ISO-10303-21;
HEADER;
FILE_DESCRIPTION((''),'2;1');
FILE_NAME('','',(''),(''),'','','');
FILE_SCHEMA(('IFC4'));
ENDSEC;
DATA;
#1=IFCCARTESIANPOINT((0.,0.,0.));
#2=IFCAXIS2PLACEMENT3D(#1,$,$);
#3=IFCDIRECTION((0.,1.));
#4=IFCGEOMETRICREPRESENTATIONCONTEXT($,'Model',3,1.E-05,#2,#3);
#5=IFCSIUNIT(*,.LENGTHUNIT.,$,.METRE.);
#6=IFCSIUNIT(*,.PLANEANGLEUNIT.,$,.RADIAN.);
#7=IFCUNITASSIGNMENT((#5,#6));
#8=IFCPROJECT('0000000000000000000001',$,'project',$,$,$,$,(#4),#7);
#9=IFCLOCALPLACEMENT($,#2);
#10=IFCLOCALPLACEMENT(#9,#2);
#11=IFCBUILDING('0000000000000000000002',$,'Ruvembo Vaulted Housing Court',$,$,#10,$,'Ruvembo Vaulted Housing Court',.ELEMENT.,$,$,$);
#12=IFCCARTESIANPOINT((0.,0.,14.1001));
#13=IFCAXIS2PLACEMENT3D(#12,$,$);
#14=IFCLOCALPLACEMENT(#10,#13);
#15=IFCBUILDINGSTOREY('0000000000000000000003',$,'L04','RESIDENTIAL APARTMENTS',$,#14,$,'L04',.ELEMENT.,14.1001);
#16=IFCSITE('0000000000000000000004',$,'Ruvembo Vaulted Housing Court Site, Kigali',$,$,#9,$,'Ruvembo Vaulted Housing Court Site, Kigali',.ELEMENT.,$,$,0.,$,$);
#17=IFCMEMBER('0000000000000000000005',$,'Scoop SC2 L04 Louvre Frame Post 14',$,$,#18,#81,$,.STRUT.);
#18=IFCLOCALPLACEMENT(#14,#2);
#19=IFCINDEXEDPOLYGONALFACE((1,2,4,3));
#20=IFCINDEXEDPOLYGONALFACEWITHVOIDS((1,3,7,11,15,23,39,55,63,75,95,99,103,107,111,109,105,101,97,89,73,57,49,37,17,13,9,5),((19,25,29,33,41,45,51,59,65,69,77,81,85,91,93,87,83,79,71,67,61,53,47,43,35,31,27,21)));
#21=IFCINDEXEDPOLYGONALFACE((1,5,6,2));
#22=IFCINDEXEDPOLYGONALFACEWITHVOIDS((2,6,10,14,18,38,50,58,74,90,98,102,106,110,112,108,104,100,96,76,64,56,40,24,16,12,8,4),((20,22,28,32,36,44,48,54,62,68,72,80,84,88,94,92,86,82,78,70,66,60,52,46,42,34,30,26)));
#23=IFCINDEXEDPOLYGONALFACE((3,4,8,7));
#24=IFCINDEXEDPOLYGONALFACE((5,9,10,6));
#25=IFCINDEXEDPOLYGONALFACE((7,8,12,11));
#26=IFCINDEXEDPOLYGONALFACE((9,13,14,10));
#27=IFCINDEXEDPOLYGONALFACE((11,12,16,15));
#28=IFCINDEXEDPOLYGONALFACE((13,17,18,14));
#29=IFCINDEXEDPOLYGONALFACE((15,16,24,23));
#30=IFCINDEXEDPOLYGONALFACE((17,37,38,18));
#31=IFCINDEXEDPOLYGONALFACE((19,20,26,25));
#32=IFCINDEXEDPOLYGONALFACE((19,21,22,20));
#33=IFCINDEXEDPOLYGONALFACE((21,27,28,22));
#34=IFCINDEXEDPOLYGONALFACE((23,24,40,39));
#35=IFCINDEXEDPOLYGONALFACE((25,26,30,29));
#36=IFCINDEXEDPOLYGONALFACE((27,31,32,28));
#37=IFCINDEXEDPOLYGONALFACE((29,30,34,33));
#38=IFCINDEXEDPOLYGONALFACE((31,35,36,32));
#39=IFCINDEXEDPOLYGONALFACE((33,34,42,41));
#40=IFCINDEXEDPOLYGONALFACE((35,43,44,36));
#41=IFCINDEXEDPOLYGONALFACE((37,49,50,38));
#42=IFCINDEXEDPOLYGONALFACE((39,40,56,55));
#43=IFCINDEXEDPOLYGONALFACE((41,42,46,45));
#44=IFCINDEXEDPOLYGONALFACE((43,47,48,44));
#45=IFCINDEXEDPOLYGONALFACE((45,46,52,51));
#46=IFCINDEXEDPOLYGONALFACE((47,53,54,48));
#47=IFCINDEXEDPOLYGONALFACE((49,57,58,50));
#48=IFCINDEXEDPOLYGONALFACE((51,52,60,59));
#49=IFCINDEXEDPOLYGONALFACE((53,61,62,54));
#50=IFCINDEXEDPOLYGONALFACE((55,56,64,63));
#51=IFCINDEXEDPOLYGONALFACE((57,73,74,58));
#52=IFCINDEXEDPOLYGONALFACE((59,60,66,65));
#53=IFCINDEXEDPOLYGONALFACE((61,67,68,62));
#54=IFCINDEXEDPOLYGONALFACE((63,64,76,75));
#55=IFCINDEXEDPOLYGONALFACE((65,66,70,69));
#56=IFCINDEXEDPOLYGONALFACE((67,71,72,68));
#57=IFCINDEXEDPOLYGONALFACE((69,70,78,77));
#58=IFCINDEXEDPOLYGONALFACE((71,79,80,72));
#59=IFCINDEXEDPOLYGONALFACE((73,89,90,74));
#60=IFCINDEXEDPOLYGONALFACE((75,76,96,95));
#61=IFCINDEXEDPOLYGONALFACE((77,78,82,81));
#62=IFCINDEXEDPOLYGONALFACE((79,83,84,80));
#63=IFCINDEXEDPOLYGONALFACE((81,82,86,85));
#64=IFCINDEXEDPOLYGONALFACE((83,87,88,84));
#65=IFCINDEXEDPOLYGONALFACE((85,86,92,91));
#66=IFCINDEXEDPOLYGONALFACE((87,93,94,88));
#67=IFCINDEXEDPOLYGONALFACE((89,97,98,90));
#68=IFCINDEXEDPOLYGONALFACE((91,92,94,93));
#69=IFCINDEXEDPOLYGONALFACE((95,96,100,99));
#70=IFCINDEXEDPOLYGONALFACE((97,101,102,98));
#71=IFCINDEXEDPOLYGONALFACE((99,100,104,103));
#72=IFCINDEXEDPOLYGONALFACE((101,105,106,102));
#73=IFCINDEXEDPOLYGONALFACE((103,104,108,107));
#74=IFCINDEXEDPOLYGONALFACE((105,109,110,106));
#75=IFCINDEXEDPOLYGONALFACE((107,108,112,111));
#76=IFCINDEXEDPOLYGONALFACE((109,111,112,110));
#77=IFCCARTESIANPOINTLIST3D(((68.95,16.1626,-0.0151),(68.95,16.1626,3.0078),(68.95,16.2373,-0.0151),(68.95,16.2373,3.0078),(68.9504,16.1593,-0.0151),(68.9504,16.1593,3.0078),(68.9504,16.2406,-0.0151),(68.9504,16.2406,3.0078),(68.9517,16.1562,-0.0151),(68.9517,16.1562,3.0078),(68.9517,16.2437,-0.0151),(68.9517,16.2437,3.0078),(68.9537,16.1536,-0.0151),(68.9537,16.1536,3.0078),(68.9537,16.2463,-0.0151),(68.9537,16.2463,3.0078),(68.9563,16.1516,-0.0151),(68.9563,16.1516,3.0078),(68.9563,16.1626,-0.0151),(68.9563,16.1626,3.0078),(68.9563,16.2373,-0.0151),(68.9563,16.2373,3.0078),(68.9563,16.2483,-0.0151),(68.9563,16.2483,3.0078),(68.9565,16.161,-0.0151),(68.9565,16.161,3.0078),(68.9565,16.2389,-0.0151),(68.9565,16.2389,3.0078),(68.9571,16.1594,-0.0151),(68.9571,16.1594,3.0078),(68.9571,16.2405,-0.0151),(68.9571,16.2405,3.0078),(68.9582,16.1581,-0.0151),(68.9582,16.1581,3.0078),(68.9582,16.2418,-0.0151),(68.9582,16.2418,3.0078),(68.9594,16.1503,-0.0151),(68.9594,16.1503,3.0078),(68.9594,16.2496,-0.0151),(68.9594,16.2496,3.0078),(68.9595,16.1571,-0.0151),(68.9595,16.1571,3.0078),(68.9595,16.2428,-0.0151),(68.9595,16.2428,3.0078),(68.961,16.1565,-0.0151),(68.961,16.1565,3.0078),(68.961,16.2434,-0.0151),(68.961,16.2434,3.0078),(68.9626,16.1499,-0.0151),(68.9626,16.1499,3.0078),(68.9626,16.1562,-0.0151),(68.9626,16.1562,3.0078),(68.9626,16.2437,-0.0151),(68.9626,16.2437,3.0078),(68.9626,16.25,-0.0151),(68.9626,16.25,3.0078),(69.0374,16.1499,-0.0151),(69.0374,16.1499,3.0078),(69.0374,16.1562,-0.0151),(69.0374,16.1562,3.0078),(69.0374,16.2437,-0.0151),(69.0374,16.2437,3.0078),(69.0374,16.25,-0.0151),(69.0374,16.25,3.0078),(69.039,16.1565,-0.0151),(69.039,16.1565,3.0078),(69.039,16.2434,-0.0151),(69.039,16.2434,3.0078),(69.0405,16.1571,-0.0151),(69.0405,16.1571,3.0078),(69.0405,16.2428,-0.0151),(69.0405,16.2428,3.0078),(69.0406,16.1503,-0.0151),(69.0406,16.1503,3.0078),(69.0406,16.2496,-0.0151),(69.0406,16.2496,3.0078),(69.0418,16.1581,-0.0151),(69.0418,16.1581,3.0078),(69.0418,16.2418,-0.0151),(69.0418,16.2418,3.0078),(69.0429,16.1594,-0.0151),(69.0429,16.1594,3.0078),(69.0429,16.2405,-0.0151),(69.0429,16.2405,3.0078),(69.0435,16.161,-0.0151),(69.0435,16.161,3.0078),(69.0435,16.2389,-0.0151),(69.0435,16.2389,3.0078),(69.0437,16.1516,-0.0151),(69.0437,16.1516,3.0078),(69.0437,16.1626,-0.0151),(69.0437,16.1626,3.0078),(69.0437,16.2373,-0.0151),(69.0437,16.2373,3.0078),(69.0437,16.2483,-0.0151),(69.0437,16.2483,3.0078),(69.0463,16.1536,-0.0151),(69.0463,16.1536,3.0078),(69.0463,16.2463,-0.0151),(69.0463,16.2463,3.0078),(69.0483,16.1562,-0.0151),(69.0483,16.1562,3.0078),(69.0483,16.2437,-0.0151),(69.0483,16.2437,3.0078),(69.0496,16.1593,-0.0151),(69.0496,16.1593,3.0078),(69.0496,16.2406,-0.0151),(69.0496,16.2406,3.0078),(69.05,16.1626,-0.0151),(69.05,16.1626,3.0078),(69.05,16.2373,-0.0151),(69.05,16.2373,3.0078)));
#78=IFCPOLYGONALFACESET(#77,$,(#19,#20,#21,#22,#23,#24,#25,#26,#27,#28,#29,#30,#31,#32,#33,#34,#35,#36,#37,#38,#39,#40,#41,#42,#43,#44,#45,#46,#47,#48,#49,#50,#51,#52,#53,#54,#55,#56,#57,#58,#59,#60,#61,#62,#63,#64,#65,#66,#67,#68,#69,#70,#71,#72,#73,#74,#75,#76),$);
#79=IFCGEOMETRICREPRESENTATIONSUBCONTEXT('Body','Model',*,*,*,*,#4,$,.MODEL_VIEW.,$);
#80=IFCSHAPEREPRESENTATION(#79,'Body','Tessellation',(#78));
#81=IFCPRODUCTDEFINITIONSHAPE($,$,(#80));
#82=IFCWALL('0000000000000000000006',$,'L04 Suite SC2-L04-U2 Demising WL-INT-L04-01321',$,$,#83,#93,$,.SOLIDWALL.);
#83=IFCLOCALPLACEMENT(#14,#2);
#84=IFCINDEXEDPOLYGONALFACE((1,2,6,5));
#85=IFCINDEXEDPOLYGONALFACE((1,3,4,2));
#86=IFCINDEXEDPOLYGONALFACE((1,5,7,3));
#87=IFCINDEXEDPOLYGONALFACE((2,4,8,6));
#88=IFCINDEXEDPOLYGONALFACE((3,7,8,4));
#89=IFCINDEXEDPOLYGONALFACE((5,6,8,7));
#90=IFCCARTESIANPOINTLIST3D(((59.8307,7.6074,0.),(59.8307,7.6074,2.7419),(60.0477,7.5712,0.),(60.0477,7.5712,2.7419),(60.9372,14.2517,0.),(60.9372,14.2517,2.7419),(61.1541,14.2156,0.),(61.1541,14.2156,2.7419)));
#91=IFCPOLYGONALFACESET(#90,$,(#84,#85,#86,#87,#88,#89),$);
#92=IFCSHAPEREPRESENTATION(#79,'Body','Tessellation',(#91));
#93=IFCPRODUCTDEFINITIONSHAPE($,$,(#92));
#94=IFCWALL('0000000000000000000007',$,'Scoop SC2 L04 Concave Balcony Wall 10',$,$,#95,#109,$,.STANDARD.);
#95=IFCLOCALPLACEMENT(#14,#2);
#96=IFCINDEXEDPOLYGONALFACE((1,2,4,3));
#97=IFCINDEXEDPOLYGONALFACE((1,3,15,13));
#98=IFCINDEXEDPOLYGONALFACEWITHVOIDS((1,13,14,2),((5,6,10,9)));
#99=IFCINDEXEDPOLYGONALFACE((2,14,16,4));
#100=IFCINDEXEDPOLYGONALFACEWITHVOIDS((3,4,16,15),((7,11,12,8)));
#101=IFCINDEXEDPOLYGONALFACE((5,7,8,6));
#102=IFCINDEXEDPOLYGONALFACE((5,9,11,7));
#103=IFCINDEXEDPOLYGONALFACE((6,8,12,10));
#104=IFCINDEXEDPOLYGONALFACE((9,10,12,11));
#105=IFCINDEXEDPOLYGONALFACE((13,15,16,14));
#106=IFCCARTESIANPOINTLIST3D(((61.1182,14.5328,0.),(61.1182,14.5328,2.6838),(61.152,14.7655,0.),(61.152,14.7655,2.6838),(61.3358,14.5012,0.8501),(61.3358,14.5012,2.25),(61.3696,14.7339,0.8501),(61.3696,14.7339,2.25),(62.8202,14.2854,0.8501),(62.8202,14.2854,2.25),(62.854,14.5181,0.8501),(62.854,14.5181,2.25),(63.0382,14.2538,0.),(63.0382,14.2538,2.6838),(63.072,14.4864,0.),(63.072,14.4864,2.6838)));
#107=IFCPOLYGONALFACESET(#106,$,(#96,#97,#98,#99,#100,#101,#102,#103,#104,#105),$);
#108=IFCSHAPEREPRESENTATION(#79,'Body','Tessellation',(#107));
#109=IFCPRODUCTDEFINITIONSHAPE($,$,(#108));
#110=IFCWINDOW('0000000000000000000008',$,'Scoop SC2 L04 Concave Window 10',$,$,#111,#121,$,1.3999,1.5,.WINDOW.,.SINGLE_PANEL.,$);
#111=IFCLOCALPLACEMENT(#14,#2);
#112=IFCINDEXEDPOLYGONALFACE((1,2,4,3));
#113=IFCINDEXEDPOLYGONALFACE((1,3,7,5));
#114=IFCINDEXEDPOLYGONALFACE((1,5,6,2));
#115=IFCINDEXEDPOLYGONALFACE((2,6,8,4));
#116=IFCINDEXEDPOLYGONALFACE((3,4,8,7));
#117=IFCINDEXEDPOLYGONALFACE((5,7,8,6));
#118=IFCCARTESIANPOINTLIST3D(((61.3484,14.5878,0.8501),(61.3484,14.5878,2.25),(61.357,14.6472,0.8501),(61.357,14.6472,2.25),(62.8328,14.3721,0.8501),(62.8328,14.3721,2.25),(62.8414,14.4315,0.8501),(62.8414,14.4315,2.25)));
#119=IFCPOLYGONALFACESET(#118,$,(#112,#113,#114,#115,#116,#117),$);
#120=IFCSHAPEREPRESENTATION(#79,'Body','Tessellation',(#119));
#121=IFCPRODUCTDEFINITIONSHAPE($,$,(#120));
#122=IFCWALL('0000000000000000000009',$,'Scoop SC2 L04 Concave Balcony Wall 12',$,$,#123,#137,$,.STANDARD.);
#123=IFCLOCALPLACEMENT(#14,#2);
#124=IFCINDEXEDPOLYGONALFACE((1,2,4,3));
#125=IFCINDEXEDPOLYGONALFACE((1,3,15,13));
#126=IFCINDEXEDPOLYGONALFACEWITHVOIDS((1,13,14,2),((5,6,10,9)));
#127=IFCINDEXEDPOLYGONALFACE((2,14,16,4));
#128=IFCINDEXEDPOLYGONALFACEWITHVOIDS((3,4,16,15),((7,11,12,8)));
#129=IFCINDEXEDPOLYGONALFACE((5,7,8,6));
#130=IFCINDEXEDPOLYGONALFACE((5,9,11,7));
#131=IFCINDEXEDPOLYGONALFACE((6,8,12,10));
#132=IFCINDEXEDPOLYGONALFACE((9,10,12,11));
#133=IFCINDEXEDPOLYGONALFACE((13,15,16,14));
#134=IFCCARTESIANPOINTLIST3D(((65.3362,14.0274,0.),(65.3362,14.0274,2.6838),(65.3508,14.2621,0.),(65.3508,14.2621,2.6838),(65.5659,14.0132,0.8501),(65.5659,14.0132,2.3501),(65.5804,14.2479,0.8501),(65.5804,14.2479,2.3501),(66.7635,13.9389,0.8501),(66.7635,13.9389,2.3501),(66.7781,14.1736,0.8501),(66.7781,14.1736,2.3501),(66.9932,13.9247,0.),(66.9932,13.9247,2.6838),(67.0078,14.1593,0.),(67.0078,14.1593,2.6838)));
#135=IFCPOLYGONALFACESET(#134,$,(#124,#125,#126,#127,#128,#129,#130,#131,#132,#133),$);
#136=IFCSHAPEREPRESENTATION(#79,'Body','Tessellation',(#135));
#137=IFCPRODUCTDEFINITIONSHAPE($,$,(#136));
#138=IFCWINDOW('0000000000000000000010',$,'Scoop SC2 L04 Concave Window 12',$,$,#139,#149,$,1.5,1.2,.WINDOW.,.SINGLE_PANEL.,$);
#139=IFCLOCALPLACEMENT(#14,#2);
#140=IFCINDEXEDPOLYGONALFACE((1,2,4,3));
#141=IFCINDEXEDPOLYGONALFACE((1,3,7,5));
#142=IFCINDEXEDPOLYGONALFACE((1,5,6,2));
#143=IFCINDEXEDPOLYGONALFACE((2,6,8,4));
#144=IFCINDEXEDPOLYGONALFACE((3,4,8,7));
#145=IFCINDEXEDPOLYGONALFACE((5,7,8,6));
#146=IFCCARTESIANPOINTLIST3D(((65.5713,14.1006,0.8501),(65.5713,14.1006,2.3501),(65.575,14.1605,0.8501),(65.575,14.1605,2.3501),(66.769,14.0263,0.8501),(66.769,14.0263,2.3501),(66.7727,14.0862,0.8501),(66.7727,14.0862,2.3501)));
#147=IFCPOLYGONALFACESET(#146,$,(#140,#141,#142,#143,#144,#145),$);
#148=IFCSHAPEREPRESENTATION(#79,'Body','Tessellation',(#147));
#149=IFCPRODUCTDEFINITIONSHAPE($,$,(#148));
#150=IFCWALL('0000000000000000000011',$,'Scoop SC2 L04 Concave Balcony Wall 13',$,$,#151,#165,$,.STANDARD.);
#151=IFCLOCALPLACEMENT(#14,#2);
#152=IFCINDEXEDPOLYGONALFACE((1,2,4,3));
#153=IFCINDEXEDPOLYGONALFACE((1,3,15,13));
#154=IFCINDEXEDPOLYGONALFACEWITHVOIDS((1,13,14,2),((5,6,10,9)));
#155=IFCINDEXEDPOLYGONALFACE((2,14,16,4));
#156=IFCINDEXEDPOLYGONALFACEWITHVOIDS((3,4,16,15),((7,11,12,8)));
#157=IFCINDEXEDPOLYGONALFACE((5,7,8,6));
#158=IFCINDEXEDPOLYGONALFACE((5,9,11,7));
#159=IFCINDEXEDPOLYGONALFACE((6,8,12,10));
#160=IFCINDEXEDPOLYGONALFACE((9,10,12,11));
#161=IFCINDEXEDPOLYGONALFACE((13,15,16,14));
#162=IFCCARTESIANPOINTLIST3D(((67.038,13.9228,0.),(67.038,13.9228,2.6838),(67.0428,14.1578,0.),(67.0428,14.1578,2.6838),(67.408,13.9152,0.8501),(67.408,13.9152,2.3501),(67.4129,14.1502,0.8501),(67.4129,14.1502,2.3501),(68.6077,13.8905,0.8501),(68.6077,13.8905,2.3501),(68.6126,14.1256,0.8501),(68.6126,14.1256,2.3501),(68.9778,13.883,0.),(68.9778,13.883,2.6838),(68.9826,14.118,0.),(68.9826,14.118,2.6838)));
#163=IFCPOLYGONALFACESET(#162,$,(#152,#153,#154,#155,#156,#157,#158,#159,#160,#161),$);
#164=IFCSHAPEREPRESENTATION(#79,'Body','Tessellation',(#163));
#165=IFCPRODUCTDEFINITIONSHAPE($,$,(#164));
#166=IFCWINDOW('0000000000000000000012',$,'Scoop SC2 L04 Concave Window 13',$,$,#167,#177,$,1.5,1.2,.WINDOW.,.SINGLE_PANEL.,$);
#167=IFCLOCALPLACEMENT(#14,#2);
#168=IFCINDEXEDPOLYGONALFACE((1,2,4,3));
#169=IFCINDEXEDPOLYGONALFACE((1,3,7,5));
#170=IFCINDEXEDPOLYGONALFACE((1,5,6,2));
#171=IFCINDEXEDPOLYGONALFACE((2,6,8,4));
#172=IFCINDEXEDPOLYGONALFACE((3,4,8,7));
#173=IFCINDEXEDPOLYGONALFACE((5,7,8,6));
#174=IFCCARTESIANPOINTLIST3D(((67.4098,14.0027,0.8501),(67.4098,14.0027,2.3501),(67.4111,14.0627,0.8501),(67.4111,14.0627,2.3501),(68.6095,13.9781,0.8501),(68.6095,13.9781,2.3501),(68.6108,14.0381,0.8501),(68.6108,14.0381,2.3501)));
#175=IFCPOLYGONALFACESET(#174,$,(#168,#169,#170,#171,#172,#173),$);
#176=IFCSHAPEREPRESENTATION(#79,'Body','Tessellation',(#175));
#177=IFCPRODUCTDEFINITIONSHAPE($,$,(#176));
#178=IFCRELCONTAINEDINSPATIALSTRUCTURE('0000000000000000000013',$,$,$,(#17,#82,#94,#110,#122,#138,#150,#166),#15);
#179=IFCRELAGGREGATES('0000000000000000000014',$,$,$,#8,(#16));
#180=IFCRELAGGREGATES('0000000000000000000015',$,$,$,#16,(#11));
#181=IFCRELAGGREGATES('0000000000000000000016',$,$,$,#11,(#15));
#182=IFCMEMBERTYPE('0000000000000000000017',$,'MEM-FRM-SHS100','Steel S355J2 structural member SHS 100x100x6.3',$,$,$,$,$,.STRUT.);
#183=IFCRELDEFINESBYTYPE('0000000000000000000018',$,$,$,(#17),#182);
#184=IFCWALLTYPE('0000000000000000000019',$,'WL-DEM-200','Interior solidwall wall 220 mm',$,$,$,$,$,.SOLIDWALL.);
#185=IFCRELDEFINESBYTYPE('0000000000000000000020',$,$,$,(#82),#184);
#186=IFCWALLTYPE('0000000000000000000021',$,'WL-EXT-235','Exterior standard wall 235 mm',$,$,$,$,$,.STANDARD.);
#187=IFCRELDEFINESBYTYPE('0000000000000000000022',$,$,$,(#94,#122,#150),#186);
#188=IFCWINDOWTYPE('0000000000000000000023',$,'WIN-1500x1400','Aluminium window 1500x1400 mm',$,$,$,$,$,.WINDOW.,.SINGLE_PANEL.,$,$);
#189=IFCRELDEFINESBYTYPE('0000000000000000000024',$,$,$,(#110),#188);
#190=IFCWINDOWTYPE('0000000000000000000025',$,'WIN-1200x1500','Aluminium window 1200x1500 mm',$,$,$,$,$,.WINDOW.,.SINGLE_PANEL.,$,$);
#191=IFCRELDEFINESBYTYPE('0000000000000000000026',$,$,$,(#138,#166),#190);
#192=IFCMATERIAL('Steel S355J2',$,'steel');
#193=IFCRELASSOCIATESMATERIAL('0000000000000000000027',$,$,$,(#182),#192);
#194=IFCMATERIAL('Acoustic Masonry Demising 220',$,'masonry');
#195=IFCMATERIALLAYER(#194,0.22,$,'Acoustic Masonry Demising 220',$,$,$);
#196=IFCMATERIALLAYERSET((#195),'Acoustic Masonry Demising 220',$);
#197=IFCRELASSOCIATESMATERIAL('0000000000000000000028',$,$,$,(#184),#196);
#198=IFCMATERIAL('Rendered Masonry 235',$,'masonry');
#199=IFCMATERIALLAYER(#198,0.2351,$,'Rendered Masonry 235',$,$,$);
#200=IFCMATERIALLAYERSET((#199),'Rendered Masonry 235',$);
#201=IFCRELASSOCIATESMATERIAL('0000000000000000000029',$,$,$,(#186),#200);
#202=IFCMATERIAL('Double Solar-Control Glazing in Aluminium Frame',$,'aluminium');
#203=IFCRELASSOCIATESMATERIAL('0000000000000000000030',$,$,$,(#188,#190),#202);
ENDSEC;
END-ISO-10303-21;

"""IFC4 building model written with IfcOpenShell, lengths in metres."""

from ifc_helpers import new_model, si_unit, direction, frame, frame_2d, origin, origin_2d, place, context, subcontext, project, spatial, rectangle, hollow_rectangle, extrude, material, layer, layer_set, material_profile, profile_set, type_object, element, fill, save


model = new_model("IFC4")

# Units and contexts
model_context = context("Model", 3, precision=1e-05, world=origin(), true_north=direction((0.0, 1.0)))
body_context = subcontext(model_context, "Body", "Model", "MODEL_VIEW")
ifc_project = project(units=[si_unit("LENGTHUNIT", "METRE"), si_unit("PLANEANGLEUNIT", "RADIAN")], contexts=[model_context])

# Site, building, storey
site_placement = place(None, origin())
site = spatial("IfcSite", under=ifc_project, at=site_placement, Name="Ruvembo Vaulted Housing Court Site, Kigali", LongName="Ruvembo Vaulted Housing Court Site, Kigali", CompositionType="ELEMENT", RefElevation=0.0)
building_placement = place(site_placement, origin())
building = spatial("IfcBuilding", under=site, at=building_placement, Name="Ruvembo Vaulted Housing Court", LongName="Ruvembo Vaulted Housing Court", CompositionType="ELEMENT")
storey_placement = place(building_placement, frame((0.0, 0.0, 14.1001)))
storey = spatial("IfcBuildingStorey", under=building, at=storey_placement, Name="L04", Description="RESIDENTIAL APARTMENTS", LongName="L04", CompositionType="ELEMENT", Elevation=14.1001)

# Shared definitions
ifc_material_1 = material(Name="Steel S355J2", Category="steel")

# Member
ifc_material_profile_1 = material_profile(ifc_material_1, hollow_rectangle(XDim=0.1001, YDim=0.1001, WallThickness=0.0063, InnerFilletRadius=0.0063, OuterFilletRadius=0.0127, at=origin_2d()), Name="SHS 100x100x6.3")
ifc_profile_set_1 = profile_set([ifc_material_profile_1], Name="Steel S355J2")
member_type_1 = type_object("IfcMemberType", Name="MEM-FRM-SHS100", Description="Steel S355J2 structural member SHS 100x100x6.3", PredefinedType="STRUT", material=ifc_profile_set_1)
member_1_placement = place(storey_placement, frame((69.0, 16.2, -0.0151), z_axis=(0.0, 0.0, 1.0), x_axis=(1.0, 0.0, 0.0)))
element("IfcMember", 1, at=member_1_placement, inside=storey, type_object=member_type_1, Name="Scoop SC2 L04 Louvre Frame Post 14", PredefinedType="STRUT", context=body_context, shape_type="SweptSolid", body=[
    extrude(hollow_rectangle(XDim=0.1001, YDim=0.1001, WallThickness=0.0063, InnerFilletRadius=0.0063, OuterFilletRadius=0.0127, at=origin_2d()), origin(), (0.0, 0.0, 1.0), 3.0229),
])

# Wall
ifc_material_2 = material(Name="Acoustic Masonry Demising 220", Category="masonry")
ifc_layer_1 = layer(ifc_material_2, 0.22, Name="Acoustic Masonry Demising 220")
ifc_layer_set_1 = layer_set([ifc_layer_1], Name="Acoustic Masonry Demising 220")
wall_type_1 = type_object("IfcWallType", Name="WL-DEM-200", Description="Interior solidwall wall 220 mm", PredefinedType="SOLIDWALL", material=ifc_layer_set_1)
wall_1_placement = place(storey_placement, frame((61.0457, 14.2336, 0.0), z_axis=(0.0, 0.0, 1.0), x_axis=(-0.164264, -0.986416, 0.0)))
element("IfcWall", 2, at=wall_1_placement, inside=storey, type_object=wall_type_1, Name="L04 Suite SC2-L04-U2 Demising WL-INT-L04-01321", PredefinedType="SOLIDWALL", context=body_context, shape_type="SweptSolid", body=[
    extrude(rectangle(XDim=6.7358, YDim=0.22, at=frame_2d((3.3679, 0.0))), origin(), (0.0, 0.0, 1.0), 2.7419),
])

# Wall, opening, window
ifc_material_3 = material(Name="Rendered Masonry 235", Category="masonry")
ifc_layer_2 = layer(ifc_material_3, 0.2351, Name="Rendered Masonry 235")
ifc_layer_set_2 = layer_set([ifc_layer_2], Name="Rendered Masonry 235")
wall_type_2 = type_object("IfcWallType", Name="WL-EXT-235", Description="Exterior standard wall 235 mm", PredefinedType="STANDARD", material=ifc_layer_set_2)
wall_2_placement = place(storey_placement, frame((61.135, 14.6492, 0.0), z_axis=(0.0, 0.0, 1.0), x_axis=(0.989602, -0.143835, 0.0)))
wall_2 = element("IfcWall", 3, at=wall_2_placement, inside=storey, type_object=wall_type_2, Name="Scoop SC2 L04 Concave Balcony Wall 10", PredefinedType="STANDARD", context=body_context, shape_type="SweptSolid", body=[
    extrude(rectangle(XDim=1.9402, YDim=0.2351, at=frame_2d((0.9702, 0.0))), origin(), (0.0, 0.0, 1.0), 2.6838),
])
opening_1_placement = place(wall_2_placement, frame((0.22, 0.0, 0.8501)))
opening_1 = element("IfcOpeningElement", 4, at=opening_1_placement, cuts=wall_2, PredefinedType="OPENING", context=body_context, shape_type="SweptSolid", body=[
    extrude(rectangle(XDim=1.5, YDim=1.3999, at=frame_2d((0.75, 0.7))), frame((0.0, 0.1274, 0.0), z_axis=(0.0, -1.0, 0.0), x_axis=(1.0, 0.0, 0.0)), (0.0, 0.0, 1.0), 0.2551),
])
ifc_material_4 = material(Name="Double Solar-Control Glazing in Aluminium Frame", Category="aluminium")
window_type_1 = type_object("IfcWindowType", Name="WIN-1500x1400", Description="Aluminium window 1500x1400 mm", PartitioningType="SINGLE_PANEL", PredefinedType="WINDOW", material=ifc_material_4)
window_1_placement = place(opening_1_placement, origin())
window_1 = element("IfcWindow", 5, at=window_1_placement, inside=storey, type_object=window_type_1, Name="Scoop SC2 L04 Concave Window 10", OverallHeight=1.3999, OverallWidth=1.5, PartitioningType="SINGLE_PANEL", PredefinedType="WINDOW", context=body_context, shape_type="SweptSolid", body=[
    extrude(rectangle(XDim=1.5, YDim=1.3999, at=frame_2d((0.75, 0.7))), frame((0.0, 0.03, 0.0), z_axis=(0.0, -1.0, 0.0), x_axis=(1.0, 0.0, 0.0)), (0.0, 0.0, 1.0), 0.0601),
])
fill(opening_1, window_1)

# Walls, openings, windows
wall_3_placement = place(storey_placement, frame((65.3435, 14.1448, 0.0), z_axis=(0.0, 0.0, 1.0), x_axis=(0.998082, -0.061911, 0.0)))
wall_3 = element("IfcWall", 6, at=wall_3_placement, inside=storey, type_object=wall_type_2, Name="Scoop SC2 L04 Concave Balcony Wall 12", PredefinedType="STANDARD", context=body_context, shape_type="SweptSolid", body=[
    extrude(rectangle(XDim=1.6602, YDim=0.2351, at=frame_2d((0.8301, 0.0))), origin(), (0.0, 0.0, 1.0), 2.6838),
])
opening_2_placement = place(wall_3_placement, frame((0.23, 0.0, 0.8501)))
opening_2 = element("IfcOpeningElement", 7, at=opening_2_placement, cuts=wall_3, PredefinedType="OPENING", context=body_context, shape_type="SweptSolid", body=[
    extrude(rectangle(XDim=1.2, YDim=1.5, at=frame_2d((0.6001, 0.75))), frame((0.0, 0.1274, 0.0), z_axis=(0.0, -1.0, 0.0), x_axis=(1.0, 0.0, 0.0)), (0.0, 0.0, 1.0), 0.2551),
])
window_type_2 = type_object("IfcWindowType", Name="WIN-1200x1500", Description="Aluminium window 1200x1500 mm", PartitioningType="SINGLE_PANEL", PredefinedType="WINDOW", material=ifc_material_4)
window_2_placement = place(opening_2_placement, origin())
window_2 = element("IfcWindow", 8, at=window_2_placement, inside=storey, type_object=window_type_2, Name="Scoop SC2 L04 Concave Window 12", OverallHeight=1.5, OverallWidth=1.2, PartitioningType="SINGLE_PANEL", PredefinedType="WINDOW", context=body_context, shape_type="SweptSolid", body=[
    extrude(rectangle(XDim=1.2, YDim=1.5, at=frame_2d((0.6001, 0.75))), frame((0.0, 0.03, 0.0), z_axis=(0.0, -1.0, 0.0), x_axis=(1.0, 0.0, 0.0)), (0.0, 0.0, 1.0), 0.0601),
])
fill(opening_2, window_2)
wall_4_placement = place(storey_placement, frame((67.0403, 14.0403, 0.0), z_axis=(0.0, 0.0, 1.0), x_axis=(0.99979, -0.020512, 0.0)))
wall_4 = element("IfcWall", 9, at=wall_4_placement, inside=storey, type_object=wall_type_2, Name="Scoop SC2 L04 Concave Balcony Wall 13", PredefinedType="STANDARD", context=body_context, shape_type="SweptSolid", body=[
    extrude(rectangle(XDim=1.9402, YDim=0.2351, at=frame_2d((0.9702, 0.0))), origin(), (0.0, 0.0, 1.0), 2.6838),
])
opening_3_placement = place(wall_4_placement, frame((0.3701, 0.0, 0.8501)))
opening_3 = element("IfcOpeningElement", 10, at=opening_3_placement, cuts=wall_4, PredefinedType="OPENING", context=body_context, shape_type="SweptSolid", body=[
    extrude(rectangle(XDim=1.2, YDim=1.5, at=frame_2d((0.6001, 0.75))), frame((0.0, 0.1274, 0.0), z_axis=(0.0, -1.0, 0.0), x_axis=(1.0, 0.0, 0.0)), (0.0, 0.0, 1.0), 0.2551),
])
window_3_placement = place(opening_3_placement, origin())
window_3 = element("IfcWindow", 11, at=window_3_placement, inside=storey, type_object=window_type_2, Name="Scoop SC2 L04 Concave Window 13", OverallHeight=1.5, OverallWidth=1.2, PartitioningType="SINGLE_PANEL", PredefinedType="WINDOW", context=body_context, shape_type="SweptSolid", body=[
    extrude(rectangle(XDim=1.2, YDim=1.5, at=frame_2d((0.6001, 0.75))), frame((0.0, 0.03, 0.0), z_axis=(0.0, -1.0, 0.0), x_axis=(1.0, 0.0, 0.0)), (0.0, 0.0, 1.0), 0.0601),
])
fill(opening_3, window_3)

save(model, "model.ifc")
